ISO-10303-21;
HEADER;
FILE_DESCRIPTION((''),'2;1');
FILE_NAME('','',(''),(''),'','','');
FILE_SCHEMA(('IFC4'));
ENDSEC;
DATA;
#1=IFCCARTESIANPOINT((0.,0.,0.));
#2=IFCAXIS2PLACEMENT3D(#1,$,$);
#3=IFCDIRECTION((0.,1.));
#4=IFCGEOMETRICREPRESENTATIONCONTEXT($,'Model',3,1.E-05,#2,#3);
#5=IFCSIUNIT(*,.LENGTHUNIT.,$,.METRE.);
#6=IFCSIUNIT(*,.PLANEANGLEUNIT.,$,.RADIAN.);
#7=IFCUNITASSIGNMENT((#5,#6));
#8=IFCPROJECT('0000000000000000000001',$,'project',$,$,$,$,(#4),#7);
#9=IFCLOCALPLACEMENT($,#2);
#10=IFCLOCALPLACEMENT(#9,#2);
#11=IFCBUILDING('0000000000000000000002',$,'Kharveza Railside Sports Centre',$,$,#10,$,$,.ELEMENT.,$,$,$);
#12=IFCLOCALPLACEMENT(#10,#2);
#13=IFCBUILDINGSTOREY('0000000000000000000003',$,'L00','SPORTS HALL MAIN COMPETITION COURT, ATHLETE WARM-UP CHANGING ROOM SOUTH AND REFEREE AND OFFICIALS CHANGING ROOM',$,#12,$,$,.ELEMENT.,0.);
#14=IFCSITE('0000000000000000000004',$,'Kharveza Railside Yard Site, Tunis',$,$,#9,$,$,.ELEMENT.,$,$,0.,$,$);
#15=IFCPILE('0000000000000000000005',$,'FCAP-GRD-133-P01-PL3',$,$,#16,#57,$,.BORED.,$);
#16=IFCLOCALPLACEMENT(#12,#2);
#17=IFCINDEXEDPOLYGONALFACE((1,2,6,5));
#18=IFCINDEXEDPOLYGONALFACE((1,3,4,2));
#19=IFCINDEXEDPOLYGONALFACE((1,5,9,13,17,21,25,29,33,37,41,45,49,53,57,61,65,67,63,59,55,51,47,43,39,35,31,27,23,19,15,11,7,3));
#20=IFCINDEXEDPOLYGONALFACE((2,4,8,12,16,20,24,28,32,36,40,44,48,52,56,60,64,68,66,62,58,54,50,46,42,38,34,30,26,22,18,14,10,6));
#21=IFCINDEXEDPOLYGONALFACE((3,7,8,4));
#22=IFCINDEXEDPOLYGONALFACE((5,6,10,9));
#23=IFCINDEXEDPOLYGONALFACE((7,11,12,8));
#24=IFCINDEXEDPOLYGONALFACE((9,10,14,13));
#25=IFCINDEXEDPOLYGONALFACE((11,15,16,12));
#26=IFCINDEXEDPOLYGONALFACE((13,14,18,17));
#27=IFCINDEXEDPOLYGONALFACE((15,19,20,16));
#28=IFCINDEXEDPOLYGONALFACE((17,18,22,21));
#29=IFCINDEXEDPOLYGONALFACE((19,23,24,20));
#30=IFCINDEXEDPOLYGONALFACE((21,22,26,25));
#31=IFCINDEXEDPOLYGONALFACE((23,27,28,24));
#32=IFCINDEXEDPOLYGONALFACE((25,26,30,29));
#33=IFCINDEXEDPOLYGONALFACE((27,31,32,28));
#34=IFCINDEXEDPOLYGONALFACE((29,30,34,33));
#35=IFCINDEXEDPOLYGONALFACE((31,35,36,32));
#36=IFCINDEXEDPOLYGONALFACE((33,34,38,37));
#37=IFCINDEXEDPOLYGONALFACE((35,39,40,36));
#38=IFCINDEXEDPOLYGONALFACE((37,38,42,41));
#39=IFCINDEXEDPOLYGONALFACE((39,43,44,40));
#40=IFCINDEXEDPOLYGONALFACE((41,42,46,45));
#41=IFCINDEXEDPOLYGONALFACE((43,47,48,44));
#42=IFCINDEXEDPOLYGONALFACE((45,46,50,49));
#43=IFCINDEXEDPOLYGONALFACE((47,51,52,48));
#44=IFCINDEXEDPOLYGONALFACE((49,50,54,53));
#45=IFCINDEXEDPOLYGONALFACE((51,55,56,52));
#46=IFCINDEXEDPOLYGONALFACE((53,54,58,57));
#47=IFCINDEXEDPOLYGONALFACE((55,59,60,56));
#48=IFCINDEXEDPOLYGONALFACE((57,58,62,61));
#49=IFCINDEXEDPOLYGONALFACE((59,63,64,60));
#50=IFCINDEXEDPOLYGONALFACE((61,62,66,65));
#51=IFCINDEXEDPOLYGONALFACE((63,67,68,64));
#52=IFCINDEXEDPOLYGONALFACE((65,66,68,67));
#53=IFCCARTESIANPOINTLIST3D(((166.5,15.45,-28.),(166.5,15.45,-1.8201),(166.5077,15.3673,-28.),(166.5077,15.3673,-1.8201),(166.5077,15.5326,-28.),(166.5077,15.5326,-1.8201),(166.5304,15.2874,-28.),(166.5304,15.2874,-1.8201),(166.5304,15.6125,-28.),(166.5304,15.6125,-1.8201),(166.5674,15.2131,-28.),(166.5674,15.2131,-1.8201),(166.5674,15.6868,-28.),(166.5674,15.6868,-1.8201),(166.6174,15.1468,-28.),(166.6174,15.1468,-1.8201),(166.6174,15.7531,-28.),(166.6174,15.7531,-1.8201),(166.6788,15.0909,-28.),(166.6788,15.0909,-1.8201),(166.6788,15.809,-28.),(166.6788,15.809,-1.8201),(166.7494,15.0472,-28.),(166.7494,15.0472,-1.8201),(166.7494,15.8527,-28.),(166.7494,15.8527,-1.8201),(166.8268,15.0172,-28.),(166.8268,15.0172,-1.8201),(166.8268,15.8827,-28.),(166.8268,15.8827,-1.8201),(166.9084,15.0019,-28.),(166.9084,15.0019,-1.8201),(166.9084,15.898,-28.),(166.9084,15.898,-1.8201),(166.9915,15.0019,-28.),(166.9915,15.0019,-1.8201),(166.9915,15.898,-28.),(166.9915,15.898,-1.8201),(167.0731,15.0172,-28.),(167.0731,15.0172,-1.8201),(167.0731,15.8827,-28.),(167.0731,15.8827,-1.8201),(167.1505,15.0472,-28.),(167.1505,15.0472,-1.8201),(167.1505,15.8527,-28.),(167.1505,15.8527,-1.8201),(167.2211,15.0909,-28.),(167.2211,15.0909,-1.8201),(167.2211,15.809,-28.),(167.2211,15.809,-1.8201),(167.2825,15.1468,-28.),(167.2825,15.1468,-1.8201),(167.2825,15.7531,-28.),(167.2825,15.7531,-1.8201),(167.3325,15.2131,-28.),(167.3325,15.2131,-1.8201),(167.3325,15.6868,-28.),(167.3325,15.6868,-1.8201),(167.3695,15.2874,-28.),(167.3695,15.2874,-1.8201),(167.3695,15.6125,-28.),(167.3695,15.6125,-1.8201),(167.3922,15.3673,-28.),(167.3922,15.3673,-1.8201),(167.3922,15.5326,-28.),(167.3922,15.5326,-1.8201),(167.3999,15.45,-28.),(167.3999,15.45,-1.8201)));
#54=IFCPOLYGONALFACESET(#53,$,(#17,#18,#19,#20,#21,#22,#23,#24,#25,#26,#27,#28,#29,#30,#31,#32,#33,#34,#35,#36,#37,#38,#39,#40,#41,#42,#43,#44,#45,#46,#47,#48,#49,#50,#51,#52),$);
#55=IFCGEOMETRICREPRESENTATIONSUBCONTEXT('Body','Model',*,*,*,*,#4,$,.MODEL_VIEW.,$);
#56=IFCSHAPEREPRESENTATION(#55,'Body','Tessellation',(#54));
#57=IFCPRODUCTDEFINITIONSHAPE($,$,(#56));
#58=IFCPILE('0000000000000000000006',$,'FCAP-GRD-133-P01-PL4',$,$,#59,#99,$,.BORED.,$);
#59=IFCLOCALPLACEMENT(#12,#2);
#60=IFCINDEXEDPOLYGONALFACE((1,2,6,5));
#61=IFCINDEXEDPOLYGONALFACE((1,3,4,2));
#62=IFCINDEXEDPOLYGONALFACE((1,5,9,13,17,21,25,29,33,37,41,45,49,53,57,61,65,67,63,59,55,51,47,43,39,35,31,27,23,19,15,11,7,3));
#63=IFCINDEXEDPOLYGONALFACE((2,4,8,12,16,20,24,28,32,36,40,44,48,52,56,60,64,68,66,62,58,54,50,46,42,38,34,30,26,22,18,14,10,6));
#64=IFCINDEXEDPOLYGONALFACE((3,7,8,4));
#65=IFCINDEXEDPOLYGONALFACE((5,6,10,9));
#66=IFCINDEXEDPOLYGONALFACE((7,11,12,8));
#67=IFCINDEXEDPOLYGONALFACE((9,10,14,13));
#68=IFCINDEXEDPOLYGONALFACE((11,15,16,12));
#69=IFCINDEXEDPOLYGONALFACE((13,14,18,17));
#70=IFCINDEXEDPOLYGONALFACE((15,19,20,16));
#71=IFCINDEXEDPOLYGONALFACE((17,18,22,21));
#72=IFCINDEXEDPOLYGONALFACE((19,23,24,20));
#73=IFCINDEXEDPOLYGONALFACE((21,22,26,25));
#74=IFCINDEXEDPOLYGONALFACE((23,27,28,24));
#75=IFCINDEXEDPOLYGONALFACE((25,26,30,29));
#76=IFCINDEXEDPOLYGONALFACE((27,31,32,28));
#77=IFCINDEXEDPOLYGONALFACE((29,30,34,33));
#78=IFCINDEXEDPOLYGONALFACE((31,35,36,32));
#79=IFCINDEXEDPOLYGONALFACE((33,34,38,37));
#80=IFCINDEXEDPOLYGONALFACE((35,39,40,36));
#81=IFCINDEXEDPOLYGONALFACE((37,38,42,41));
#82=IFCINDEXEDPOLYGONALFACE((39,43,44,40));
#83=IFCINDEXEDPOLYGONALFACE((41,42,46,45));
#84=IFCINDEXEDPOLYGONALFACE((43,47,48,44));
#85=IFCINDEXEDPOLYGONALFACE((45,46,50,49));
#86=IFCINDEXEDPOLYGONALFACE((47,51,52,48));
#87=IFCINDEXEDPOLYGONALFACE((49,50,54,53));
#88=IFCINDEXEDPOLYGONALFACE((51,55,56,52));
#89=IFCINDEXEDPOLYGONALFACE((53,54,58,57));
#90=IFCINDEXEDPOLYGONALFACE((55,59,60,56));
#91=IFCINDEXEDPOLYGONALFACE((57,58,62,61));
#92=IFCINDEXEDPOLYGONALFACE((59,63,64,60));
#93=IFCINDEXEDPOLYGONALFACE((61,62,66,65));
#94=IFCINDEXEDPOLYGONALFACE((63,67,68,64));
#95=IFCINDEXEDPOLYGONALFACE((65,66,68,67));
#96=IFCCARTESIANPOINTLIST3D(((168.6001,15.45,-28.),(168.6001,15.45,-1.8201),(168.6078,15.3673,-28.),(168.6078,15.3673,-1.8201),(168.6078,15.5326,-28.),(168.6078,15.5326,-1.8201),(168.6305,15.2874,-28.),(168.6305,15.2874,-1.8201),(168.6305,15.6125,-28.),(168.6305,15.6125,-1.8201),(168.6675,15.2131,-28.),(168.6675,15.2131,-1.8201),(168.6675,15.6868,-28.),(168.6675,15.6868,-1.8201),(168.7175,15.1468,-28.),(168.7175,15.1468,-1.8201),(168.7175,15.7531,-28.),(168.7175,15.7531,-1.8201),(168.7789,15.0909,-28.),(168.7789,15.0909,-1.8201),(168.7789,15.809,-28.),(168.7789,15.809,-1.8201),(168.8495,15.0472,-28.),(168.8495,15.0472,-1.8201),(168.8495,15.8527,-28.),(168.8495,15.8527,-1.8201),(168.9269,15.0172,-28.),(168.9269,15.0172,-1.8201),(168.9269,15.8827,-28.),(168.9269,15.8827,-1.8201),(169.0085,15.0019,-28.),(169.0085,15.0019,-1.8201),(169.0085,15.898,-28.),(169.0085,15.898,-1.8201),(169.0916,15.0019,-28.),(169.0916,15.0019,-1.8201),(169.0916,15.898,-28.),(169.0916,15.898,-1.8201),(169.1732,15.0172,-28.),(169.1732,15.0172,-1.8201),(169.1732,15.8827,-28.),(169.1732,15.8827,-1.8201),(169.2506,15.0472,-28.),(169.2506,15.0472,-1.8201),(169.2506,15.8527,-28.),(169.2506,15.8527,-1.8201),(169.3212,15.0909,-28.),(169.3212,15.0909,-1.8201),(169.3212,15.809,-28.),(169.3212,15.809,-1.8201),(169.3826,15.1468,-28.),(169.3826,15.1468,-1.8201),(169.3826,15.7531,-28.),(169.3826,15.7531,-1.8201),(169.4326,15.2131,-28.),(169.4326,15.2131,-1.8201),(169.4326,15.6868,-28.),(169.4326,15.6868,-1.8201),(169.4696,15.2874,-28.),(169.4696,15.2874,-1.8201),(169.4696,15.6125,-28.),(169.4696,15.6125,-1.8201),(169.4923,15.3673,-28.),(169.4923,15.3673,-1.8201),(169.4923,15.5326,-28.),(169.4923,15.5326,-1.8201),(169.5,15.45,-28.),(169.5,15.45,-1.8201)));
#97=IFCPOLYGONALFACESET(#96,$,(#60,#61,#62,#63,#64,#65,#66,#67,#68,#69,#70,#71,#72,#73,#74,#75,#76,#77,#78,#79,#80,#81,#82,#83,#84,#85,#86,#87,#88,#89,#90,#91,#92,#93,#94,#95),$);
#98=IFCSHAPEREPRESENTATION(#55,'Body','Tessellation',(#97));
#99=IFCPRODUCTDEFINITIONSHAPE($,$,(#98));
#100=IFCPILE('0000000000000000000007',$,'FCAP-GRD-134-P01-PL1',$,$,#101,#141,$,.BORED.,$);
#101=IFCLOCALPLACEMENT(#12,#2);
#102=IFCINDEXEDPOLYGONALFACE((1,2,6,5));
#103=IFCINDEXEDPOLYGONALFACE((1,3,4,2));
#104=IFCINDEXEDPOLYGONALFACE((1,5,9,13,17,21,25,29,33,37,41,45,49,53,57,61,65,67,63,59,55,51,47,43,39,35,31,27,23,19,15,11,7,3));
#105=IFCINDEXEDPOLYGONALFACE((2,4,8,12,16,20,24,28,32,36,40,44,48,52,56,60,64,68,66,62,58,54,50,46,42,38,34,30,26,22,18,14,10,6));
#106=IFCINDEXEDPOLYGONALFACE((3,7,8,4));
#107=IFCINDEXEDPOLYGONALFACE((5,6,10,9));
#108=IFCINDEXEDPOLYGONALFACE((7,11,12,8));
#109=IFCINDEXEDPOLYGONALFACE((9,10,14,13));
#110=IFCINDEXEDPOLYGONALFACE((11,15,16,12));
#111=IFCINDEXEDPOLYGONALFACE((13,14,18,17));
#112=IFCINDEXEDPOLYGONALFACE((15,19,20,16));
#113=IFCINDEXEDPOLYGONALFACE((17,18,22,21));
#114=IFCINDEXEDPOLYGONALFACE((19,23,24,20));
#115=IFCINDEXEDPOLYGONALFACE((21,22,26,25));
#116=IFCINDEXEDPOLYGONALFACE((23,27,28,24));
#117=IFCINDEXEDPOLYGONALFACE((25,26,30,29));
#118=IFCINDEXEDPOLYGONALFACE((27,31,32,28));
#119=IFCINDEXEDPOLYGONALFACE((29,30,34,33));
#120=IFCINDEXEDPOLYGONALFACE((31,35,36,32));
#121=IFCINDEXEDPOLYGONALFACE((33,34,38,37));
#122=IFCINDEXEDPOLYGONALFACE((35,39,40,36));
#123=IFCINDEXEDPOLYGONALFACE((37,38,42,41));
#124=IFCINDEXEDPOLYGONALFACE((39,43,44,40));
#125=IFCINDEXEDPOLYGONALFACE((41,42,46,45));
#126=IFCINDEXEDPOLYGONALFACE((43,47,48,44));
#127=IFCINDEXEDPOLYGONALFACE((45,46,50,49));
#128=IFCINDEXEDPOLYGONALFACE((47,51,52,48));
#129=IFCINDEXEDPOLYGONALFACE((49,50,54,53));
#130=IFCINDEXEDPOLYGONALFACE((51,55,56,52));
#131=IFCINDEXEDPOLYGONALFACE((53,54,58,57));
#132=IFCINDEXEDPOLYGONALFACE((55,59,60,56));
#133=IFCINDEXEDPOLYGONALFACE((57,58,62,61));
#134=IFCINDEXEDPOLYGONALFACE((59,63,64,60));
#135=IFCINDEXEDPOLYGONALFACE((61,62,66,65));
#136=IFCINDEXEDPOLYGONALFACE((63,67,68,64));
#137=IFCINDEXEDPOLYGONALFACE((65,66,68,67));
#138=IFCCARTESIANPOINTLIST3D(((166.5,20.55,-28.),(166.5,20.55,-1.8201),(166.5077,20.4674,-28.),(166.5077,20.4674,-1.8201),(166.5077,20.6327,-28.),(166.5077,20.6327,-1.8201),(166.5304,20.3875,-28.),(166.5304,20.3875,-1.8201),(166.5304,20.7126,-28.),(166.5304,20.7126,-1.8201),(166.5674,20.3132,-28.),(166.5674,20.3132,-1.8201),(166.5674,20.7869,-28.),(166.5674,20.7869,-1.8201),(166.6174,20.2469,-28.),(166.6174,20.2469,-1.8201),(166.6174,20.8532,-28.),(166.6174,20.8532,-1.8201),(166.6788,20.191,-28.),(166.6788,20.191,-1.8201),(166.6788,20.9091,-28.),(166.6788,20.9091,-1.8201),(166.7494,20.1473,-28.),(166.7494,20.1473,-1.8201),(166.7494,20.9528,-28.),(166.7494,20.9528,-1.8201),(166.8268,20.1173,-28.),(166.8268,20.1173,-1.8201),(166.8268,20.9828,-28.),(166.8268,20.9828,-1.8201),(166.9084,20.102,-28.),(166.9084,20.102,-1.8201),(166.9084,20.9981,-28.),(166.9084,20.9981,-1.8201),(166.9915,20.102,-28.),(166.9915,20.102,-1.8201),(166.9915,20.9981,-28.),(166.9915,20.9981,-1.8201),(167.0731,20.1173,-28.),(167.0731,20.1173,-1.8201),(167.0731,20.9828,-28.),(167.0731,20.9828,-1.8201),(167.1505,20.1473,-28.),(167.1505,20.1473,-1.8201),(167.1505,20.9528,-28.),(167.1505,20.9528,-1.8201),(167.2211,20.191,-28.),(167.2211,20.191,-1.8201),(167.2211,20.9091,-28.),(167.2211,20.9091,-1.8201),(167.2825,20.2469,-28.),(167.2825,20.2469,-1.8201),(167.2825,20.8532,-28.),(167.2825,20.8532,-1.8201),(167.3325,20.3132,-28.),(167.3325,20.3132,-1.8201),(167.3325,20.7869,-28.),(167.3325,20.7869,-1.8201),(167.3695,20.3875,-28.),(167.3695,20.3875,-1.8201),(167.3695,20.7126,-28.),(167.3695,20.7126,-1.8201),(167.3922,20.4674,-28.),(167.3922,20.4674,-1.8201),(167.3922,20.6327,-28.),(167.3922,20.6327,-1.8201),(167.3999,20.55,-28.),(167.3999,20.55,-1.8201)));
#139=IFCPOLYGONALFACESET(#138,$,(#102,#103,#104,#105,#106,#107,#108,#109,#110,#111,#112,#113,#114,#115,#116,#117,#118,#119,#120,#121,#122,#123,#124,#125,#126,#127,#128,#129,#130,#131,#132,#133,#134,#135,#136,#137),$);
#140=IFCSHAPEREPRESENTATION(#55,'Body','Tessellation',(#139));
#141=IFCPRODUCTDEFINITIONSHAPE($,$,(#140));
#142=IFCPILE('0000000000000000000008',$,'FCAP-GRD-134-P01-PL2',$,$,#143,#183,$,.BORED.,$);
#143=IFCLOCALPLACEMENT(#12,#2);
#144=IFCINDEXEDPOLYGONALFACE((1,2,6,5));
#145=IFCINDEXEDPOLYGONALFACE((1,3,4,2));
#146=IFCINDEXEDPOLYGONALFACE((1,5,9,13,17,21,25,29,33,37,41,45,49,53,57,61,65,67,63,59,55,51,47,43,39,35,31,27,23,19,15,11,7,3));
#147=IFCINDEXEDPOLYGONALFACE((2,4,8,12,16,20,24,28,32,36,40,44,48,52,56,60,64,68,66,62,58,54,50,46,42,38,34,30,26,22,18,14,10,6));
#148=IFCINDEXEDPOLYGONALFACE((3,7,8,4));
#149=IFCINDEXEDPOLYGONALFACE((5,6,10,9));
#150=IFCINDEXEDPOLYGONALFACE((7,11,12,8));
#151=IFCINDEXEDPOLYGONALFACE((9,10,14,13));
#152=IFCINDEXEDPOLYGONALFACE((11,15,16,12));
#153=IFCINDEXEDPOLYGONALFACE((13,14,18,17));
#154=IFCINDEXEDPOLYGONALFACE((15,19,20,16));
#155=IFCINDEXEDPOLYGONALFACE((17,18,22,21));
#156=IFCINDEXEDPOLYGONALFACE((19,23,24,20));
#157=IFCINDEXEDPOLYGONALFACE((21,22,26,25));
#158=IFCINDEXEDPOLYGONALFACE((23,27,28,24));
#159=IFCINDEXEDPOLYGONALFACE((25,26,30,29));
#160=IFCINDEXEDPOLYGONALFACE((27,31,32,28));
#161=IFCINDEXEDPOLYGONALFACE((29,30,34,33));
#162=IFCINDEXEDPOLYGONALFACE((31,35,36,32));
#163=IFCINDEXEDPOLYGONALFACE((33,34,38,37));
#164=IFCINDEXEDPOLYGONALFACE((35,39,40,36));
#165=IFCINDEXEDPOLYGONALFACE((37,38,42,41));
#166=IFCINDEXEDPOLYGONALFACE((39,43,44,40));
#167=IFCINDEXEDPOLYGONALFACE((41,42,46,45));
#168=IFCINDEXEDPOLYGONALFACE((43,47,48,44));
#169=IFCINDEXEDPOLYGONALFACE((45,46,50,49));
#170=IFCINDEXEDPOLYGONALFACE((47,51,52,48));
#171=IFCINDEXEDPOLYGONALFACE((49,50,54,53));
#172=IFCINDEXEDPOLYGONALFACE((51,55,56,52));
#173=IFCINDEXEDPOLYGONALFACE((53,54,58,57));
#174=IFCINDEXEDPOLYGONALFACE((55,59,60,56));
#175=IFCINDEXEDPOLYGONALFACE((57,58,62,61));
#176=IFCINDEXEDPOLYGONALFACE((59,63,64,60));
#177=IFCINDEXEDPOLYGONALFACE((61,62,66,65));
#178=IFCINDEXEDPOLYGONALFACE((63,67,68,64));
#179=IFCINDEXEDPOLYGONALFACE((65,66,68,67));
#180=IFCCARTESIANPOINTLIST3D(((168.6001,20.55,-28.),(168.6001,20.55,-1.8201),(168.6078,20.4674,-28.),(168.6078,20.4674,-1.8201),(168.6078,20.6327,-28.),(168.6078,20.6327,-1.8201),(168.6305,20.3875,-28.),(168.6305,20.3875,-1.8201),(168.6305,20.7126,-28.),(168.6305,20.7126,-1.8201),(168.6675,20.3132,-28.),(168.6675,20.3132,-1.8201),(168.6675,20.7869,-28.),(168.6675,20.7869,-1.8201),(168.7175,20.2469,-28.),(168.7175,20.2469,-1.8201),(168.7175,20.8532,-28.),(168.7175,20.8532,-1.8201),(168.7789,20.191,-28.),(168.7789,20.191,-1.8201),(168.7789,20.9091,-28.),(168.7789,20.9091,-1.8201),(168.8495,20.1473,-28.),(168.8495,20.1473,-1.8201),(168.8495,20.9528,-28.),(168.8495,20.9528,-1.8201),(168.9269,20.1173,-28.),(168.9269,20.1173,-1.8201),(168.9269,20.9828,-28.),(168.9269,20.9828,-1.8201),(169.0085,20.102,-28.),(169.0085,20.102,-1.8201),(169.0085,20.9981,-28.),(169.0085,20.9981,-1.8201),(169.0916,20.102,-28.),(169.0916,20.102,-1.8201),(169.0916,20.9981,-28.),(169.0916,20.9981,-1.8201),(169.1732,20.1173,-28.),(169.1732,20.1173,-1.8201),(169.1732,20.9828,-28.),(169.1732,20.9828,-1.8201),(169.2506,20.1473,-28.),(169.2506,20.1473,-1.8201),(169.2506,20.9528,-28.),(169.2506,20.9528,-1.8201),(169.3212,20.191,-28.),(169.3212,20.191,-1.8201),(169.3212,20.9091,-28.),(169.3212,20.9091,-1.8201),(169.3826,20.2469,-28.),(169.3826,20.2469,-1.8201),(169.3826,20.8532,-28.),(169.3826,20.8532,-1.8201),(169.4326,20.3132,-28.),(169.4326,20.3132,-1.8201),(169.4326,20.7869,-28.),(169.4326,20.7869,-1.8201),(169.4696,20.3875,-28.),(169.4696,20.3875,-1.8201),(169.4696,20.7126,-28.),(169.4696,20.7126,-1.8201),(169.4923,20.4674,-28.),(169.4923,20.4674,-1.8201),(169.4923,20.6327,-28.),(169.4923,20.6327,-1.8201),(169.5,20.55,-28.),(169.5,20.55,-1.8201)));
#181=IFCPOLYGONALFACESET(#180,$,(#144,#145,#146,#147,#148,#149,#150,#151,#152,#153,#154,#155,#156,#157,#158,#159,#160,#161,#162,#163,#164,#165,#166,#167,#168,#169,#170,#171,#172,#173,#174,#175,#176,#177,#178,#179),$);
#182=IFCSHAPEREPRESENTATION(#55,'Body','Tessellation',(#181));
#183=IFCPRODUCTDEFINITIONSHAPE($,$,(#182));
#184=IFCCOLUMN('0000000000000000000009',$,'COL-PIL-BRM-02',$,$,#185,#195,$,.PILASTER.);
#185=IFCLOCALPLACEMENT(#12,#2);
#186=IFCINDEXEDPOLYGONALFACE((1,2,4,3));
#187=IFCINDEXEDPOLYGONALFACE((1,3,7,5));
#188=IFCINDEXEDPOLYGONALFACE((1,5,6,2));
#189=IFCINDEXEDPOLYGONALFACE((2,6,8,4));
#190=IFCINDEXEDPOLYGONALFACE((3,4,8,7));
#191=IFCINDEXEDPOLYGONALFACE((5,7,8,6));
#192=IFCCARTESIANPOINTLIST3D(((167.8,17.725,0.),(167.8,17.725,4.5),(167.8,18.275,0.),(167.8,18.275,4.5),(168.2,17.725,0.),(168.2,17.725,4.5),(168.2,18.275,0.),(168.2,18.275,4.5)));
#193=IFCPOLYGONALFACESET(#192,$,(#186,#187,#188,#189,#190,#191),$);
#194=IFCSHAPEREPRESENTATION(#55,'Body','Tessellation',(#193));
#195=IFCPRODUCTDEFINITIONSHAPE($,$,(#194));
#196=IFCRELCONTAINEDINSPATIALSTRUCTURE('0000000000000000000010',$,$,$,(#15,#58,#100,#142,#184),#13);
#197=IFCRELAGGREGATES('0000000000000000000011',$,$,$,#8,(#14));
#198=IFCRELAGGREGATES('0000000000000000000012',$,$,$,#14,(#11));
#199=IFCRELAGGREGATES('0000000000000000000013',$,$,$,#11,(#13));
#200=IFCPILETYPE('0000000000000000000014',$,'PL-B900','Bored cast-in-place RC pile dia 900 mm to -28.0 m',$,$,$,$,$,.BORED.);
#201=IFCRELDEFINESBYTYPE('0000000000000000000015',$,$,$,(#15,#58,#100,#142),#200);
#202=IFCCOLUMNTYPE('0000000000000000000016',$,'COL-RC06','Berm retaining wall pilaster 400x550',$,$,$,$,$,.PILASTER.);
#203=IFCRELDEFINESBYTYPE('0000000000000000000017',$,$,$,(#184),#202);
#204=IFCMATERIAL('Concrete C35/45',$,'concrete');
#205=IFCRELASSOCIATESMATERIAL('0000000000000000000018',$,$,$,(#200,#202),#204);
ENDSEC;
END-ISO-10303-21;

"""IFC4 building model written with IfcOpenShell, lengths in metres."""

from ifc_helpers import new_model, si_unit, direction, frame, origin, origin_2d, place, context, subcontext, project, spatial, rectangle, circle, extrude, material, material_profile, profile_set, type_object, element, save


model = new_model("IFC4")

# Units and contexts
model_context = context("Model", 3, precision=1e-05, world=origin(), true_north=direction((0.0, 1.0)))
body_context = subcontext(model_context, "Body", "Model", "MODEL_VIEW")
ifc_project = project(units=[si_unit("LENGTHUNIT", "METRE"), si_unit("PLANEANGLEUNIT", "RADIAN")], contexts=[model_context])

# Site, building, storey
site_placement = place(None, origin())
site = spatial("IfcSite", under=ifc_project, at=site_placement, Name="Kharveza Railside Yard Site, Tunis", CompositionType="ELEMENT", RefElevation=0.0)
building_placement = place(site_placement, origin())
building = spatial("IfcBuilding", under=site, at=building_placement, Name="Kharveza Railside Sports Centre", CompositionType="ELEMENT")
storey_placement = place(building_placement, origin())
storey = spatial("IfcBuildingStorey", under=building, at=storey_placement, Name="L00", Description="SPORTS HALL MAIN COMPETITION COURT, ATHLETE WARM-UP CHANGING ROOM SOUTH AND REFEREE AND OFFICIALS CHANGING ROOM", CompositionType="ELEMENT", Elevation=0.0)

# Shared definitions
ifc_material_1 = material(Name="Concrete C35/45", Category="concrete")

# Piles
ifc_material_profile_1 = material_profile(ifc_material_1, circle(Radius=0.45, at=origin_2d()), Name="PILE D900")
ifc_profile_set_1 = profile_set([ifc_material_profile_1], Name="Concrete C35/45")
pile_type_1 = type_object("IfcPileType", Name="PL-B900", Description="Bored cast-in-place RC pile dia 900 mm to -28.0 m", PredefinedType="BORED", material=ifc_profile_set_1)
for number, where, z_axis, x_axis, name in (
    (1, (166.95, 15.45, -1.8201), (0.0, 0.0, -1.0), (1.0, 0.0, 0.0), "FCAP-GRD-133-P01-PL3"),
    (2, (169.05, 15.45, -1.8201), (0.0, 0.0, -1.0), (1.0, 0.0, 0.0), "FCAP-GRD-133-P01-PL4"),
    (3, (166.95, 20.55, -1.8201), (0.0, 0.0, -1.0), (1.0, 0.0, 0.0), "FCAP-GRD-134-P01-PL1"),
    (4, (169.05, 20.55, -1.8201), (0.0, 0.0, -1.0), (1.0, 0.0, 0.0), "FCAP-GRD-134-P01-PL2"),
):
    element("IfcPile", number, at=place(storey_placement, frame(where, z_axis=z_axis, x_axis=x_axis)), inside=storey, type_object=pile_type_1, Name=name, PredefinedType="BORED", context=body_context, shape_type="SweptSolid", body=[
        extrude(circle(Radius=0.45, at=origin_2d()), origin(), (0.0, 0.0, 1.0), 26.1799),
    ])

# Column
ifc_material_profile_2 = material_profile(ifc_material_1, rectangle(XDim=0.3999, YDim=0.55, at=origin_2d()), Name="RC 400x550")
ifc_profile_set_2 = profile_set([ifc_material_profile_2], Name="Concrete C35/45")
column_type_1 = type_object("IfcColumnType", Name="COL-RC06", Description="Berm retaining wall pilaster 400x550", PredefinedType="PILASTER", material=ifc_profile_set_2)
column_1_placement = place(storey_placement, frame((168.0, 18.0, 0.0), z_axis=(0.0, 0.0, 1.0), x_axis=(1.0, 0.0, 0.0)))
element("IfcColumn", 5, at=column_1_placement, inside=storey, type_object=column_type_1, Name="COL-PIL-BRM-02", PredefinedType="PILASTER", context=body_context, shape_type="SweptSolid", body=[
    extrude(rectangle(XDim=0.3999, YDim=0.55, at=origin_2d()), origin(), (0.0, 0.0, 1.0), 4.5),
])

save(model, "model.ifc")
